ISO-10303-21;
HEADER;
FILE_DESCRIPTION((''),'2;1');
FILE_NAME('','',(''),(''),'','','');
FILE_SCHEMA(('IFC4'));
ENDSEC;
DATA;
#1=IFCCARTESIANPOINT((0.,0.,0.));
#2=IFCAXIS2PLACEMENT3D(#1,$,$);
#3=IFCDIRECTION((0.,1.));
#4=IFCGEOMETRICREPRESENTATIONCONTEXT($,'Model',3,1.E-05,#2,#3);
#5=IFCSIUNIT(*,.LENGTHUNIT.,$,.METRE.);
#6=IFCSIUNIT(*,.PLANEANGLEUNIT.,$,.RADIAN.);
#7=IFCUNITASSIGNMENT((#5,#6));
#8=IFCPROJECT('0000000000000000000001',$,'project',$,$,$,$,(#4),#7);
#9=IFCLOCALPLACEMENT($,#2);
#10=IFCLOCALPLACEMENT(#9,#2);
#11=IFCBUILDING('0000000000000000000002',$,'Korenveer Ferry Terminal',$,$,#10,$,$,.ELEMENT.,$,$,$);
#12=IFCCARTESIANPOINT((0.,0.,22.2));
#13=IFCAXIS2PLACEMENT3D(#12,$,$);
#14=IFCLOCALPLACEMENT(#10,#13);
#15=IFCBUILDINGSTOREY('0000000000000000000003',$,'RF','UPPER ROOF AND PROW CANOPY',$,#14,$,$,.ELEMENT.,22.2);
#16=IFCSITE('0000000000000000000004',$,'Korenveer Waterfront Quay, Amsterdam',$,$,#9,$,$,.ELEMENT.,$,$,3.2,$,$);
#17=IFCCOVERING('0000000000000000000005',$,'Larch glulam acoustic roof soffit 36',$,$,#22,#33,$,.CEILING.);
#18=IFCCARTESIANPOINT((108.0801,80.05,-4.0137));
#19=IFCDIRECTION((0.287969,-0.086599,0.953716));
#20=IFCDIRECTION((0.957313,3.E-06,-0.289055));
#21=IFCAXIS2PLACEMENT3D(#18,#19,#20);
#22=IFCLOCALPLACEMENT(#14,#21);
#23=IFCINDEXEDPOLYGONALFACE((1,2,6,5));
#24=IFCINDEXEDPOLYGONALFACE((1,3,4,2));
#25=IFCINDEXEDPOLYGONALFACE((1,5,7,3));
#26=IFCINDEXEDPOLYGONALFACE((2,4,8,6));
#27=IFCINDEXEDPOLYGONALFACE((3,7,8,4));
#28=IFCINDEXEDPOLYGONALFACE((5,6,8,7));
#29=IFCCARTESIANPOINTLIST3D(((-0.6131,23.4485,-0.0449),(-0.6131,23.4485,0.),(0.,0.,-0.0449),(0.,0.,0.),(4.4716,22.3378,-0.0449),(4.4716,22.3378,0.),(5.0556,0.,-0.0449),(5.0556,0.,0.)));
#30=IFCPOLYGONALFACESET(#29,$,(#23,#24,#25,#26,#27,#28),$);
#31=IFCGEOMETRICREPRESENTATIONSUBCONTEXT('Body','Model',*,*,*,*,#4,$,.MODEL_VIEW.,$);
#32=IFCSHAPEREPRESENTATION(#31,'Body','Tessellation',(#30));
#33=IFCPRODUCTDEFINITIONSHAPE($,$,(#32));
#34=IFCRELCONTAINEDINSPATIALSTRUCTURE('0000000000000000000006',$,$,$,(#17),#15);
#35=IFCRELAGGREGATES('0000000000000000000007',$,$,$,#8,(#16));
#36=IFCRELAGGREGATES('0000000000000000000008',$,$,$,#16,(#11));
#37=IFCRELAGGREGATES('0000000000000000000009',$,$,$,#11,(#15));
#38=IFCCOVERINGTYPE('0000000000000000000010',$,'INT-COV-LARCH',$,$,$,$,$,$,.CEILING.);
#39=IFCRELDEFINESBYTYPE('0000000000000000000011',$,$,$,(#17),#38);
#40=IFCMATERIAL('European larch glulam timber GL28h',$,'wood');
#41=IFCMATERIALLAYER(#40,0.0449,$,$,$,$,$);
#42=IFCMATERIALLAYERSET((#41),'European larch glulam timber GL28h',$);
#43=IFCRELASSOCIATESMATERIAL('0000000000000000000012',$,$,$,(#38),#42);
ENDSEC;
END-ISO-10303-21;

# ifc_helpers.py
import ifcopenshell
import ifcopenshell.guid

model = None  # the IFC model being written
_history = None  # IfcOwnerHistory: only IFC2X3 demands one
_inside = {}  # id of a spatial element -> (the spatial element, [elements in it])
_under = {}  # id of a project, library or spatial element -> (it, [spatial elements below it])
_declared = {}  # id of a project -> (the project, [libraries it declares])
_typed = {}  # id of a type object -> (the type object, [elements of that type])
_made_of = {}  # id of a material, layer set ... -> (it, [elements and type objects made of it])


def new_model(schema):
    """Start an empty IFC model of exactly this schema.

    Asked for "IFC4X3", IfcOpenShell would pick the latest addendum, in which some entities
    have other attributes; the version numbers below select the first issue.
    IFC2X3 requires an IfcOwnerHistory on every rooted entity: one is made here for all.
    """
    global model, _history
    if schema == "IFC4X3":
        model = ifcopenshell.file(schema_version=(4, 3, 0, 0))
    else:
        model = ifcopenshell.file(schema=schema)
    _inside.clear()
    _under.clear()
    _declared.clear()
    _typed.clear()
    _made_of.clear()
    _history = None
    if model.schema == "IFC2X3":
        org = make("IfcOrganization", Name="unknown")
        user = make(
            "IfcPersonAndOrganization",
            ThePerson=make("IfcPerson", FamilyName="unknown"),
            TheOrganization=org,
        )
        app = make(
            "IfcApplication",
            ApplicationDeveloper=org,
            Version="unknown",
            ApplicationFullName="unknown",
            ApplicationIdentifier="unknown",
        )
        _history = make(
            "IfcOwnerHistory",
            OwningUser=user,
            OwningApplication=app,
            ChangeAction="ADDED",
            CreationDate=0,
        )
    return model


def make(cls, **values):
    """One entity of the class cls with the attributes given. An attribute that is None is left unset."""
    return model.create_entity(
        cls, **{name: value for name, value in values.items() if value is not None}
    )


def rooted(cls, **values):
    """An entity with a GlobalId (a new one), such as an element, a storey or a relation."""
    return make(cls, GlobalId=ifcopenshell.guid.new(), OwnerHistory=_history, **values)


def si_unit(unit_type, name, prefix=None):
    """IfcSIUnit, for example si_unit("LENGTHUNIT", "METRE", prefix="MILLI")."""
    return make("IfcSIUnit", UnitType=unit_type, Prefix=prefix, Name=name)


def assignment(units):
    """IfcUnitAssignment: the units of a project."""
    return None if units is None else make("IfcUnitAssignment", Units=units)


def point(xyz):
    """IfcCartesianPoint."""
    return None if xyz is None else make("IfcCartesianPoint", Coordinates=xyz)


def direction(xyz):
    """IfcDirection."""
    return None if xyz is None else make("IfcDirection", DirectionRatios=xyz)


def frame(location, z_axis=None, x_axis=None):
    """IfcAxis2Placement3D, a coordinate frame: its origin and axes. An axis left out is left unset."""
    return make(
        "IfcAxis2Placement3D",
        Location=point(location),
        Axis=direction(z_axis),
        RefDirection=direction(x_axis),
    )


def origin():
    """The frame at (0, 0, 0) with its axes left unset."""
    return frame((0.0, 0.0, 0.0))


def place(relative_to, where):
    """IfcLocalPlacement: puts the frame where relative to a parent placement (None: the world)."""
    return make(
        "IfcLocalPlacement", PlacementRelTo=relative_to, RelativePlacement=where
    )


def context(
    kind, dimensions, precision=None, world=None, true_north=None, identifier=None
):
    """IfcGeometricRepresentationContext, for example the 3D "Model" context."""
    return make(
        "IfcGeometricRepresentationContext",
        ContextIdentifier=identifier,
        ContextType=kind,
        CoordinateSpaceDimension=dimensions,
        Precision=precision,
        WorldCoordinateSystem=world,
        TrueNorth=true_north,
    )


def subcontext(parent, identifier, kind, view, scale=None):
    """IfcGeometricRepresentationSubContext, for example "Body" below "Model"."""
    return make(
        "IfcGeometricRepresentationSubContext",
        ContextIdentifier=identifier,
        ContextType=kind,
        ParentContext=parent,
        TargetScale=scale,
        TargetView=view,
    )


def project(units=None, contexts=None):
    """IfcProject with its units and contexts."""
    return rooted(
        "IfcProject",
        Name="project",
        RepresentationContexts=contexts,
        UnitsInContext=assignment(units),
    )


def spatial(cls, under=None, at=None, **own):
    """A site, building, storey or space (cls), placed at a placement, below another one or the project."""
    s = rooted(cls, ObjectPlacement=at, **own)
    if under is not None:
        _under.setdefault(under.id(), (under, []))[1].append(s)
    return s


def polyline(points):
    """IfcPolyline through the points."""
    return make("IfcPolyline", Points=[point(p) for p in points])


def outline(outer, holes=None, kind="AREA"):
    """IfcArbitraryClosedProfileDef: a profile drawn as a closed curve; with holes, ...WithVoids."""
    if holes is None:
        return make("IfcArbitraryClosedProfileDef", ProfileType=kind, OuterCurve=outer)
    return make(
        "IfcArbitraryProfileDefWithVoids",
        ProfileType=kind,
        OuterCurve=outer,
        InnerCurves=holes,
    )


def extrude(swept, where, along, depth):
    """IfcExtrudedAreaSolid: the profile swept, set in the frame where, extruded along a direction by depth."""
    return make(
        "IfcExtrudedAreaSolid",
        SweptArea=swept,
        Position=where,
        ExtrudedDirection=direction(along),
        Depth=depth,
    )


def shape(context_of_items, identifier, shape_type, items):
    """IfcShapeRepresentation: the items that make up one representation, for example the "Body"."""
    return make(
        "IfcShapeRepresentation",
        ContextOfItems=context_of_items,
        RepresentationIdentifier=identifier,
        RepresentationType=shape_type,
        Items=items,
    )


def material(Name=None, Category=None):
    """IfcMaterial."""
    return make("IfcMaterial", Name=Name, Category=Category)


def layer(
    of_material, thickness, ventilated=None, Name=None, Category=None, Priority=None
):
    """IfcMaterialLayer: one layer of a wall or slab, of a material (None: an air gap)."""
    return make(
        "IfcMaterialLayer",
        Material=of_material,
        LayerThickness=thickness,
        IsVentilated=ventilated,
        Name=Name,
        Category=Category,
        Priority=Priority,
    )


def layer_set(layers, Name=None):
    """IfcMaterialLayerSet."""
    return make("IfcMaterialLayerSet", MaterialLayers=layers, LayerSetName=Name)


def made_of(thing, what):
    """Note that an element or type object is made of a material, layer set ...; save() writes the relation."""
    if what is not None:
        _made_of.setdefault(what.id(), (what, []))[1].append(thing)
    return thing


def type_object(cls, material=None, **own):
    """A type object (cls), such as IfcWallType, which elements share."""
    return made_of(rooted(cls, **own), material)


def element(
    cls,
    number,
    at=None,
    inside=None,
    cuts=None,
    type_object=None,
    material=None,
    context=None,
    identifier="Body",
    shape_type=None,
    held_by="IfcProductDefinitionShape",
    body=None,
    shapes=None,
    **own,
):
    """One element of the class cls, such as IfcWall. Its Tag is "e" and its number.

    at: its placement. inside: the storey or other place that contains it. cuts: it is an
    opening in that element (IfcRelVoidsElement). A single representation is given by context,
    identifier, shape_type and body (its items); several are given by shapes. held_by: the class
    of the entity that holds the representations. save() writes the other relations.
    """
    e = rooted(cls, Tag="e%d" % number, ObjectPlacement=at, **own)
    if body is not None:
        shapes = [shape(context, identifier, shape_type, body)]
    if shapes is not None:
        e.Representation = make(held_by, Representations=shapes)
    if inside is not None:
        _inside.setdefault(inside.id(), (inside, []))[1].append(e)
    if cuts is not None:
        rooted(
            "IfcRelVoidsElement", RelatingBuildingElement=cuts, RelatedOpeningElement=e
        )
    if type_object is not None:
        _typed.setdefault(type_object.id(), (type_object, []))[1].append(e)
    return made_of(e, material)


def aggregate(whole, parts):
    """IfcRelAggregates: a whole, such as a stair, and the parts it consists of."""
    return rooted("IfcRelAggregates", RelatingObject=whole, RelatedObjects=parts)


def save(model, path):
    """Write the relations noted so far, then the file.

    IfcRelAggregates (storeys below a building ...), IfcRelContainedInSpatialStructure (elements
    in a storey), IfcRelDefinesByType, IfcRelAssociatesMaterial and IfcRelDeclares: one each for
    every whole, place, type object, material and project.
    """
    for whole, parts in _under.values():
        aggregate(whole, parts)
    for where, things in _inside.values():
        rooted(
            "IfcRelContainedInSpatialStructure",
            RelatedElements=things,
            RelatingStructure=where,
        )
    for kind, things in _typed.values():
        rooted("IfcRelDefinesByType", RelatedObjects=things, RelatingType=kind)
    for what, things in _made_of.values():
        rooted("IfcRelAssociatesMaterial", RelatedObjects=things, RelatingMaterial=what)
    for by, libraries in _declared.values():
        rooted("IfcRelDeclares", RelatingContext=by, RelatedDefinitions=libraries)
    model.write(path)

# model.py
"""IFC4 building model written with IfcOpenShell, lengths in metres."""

from ifc_helpers import new_model, si_unit, direction, frame, origin, place, context, subcontext, project, spatial, polyline, outline, extrude, material, layer, layer_set, type_object, element, save


model = new_model("IFC4")

# Units and contexts
model_context = context("Model", 3, precision=1e-05, world=origin(), true_north=direction((0.0, 1.0)))
body_context = subcontext(model_context, "Body", "Model", "MODEL_VIEW")
ifc_project = project(units=[si_unit("LENGTHUNIT", "METRE"), si_unit("PLANEANGLEUNIT", "RADIAN")], contexts=[model_context])

# Site, building, storey
site_placement = place(None, origin())
site = spatial("IfcSite", under=ifc_project, at=site_placement, Name="Korenveer Waterfront Quay, Amsterdam", CompositionType="ELEMENT", RefElevation=3.2)
building_placement = place(site_placement, origin())
building = spatial("IfcBuilding", under=site, at=building_placement, Name="Korenveer Ferry Terminal", CompositionType="ELEMENT")
storey_placement = place(building_placement, frame((0.0, 0.0, 22.2)))
storey = spatial("IfcBuildingStorey", under=building, at=storey_placement, Name="RF", Description="UPPER ROOF AND PROW CANOPY", CompositionType="ELEMENT", Elevation=22.2)

# Covering
ifc_material_1 = material(Name="European larch glulam timber GL28h", Category="wood")
ifc_layer_1 = layer(ifc_material_1, 0.0449)
ifc_layer_set_1 = layer_set([ifc_layer_1], Name="European larch glulam timber GL28h")
covering_type_1 = type_object("IfcCoveringType", Name="INT-COV-LARCH", PredefinedType="CEILING", material=ifc_layer_set_1)
covering_1_placement = place(storey_placement, frame((108.0801, 80.05, -4.0137), z_axis=(0.287969, -0.086599, 0.953716), x_axis=(0.957313, 0.000003, -0.289055)))
element("IfcCovering", 1, at=covering_1_placement, inside=storey, type_object=covering_type_1, Name="Larch glulam acoustic roof soffit 36", PredefinedType="CEILING", context=body_context, shape_type="SweptSolid", body=[
    extrude(outline(polyline([(0.0, 0.0), (5.0556, 0.0), (4.4716, 22.3378), (-0.6131, 23.4485), (0.0, 0.0)])), origin(), (0.0, 0.0, -1.0), 0.0449),
])

save(model, "model.ifc")
